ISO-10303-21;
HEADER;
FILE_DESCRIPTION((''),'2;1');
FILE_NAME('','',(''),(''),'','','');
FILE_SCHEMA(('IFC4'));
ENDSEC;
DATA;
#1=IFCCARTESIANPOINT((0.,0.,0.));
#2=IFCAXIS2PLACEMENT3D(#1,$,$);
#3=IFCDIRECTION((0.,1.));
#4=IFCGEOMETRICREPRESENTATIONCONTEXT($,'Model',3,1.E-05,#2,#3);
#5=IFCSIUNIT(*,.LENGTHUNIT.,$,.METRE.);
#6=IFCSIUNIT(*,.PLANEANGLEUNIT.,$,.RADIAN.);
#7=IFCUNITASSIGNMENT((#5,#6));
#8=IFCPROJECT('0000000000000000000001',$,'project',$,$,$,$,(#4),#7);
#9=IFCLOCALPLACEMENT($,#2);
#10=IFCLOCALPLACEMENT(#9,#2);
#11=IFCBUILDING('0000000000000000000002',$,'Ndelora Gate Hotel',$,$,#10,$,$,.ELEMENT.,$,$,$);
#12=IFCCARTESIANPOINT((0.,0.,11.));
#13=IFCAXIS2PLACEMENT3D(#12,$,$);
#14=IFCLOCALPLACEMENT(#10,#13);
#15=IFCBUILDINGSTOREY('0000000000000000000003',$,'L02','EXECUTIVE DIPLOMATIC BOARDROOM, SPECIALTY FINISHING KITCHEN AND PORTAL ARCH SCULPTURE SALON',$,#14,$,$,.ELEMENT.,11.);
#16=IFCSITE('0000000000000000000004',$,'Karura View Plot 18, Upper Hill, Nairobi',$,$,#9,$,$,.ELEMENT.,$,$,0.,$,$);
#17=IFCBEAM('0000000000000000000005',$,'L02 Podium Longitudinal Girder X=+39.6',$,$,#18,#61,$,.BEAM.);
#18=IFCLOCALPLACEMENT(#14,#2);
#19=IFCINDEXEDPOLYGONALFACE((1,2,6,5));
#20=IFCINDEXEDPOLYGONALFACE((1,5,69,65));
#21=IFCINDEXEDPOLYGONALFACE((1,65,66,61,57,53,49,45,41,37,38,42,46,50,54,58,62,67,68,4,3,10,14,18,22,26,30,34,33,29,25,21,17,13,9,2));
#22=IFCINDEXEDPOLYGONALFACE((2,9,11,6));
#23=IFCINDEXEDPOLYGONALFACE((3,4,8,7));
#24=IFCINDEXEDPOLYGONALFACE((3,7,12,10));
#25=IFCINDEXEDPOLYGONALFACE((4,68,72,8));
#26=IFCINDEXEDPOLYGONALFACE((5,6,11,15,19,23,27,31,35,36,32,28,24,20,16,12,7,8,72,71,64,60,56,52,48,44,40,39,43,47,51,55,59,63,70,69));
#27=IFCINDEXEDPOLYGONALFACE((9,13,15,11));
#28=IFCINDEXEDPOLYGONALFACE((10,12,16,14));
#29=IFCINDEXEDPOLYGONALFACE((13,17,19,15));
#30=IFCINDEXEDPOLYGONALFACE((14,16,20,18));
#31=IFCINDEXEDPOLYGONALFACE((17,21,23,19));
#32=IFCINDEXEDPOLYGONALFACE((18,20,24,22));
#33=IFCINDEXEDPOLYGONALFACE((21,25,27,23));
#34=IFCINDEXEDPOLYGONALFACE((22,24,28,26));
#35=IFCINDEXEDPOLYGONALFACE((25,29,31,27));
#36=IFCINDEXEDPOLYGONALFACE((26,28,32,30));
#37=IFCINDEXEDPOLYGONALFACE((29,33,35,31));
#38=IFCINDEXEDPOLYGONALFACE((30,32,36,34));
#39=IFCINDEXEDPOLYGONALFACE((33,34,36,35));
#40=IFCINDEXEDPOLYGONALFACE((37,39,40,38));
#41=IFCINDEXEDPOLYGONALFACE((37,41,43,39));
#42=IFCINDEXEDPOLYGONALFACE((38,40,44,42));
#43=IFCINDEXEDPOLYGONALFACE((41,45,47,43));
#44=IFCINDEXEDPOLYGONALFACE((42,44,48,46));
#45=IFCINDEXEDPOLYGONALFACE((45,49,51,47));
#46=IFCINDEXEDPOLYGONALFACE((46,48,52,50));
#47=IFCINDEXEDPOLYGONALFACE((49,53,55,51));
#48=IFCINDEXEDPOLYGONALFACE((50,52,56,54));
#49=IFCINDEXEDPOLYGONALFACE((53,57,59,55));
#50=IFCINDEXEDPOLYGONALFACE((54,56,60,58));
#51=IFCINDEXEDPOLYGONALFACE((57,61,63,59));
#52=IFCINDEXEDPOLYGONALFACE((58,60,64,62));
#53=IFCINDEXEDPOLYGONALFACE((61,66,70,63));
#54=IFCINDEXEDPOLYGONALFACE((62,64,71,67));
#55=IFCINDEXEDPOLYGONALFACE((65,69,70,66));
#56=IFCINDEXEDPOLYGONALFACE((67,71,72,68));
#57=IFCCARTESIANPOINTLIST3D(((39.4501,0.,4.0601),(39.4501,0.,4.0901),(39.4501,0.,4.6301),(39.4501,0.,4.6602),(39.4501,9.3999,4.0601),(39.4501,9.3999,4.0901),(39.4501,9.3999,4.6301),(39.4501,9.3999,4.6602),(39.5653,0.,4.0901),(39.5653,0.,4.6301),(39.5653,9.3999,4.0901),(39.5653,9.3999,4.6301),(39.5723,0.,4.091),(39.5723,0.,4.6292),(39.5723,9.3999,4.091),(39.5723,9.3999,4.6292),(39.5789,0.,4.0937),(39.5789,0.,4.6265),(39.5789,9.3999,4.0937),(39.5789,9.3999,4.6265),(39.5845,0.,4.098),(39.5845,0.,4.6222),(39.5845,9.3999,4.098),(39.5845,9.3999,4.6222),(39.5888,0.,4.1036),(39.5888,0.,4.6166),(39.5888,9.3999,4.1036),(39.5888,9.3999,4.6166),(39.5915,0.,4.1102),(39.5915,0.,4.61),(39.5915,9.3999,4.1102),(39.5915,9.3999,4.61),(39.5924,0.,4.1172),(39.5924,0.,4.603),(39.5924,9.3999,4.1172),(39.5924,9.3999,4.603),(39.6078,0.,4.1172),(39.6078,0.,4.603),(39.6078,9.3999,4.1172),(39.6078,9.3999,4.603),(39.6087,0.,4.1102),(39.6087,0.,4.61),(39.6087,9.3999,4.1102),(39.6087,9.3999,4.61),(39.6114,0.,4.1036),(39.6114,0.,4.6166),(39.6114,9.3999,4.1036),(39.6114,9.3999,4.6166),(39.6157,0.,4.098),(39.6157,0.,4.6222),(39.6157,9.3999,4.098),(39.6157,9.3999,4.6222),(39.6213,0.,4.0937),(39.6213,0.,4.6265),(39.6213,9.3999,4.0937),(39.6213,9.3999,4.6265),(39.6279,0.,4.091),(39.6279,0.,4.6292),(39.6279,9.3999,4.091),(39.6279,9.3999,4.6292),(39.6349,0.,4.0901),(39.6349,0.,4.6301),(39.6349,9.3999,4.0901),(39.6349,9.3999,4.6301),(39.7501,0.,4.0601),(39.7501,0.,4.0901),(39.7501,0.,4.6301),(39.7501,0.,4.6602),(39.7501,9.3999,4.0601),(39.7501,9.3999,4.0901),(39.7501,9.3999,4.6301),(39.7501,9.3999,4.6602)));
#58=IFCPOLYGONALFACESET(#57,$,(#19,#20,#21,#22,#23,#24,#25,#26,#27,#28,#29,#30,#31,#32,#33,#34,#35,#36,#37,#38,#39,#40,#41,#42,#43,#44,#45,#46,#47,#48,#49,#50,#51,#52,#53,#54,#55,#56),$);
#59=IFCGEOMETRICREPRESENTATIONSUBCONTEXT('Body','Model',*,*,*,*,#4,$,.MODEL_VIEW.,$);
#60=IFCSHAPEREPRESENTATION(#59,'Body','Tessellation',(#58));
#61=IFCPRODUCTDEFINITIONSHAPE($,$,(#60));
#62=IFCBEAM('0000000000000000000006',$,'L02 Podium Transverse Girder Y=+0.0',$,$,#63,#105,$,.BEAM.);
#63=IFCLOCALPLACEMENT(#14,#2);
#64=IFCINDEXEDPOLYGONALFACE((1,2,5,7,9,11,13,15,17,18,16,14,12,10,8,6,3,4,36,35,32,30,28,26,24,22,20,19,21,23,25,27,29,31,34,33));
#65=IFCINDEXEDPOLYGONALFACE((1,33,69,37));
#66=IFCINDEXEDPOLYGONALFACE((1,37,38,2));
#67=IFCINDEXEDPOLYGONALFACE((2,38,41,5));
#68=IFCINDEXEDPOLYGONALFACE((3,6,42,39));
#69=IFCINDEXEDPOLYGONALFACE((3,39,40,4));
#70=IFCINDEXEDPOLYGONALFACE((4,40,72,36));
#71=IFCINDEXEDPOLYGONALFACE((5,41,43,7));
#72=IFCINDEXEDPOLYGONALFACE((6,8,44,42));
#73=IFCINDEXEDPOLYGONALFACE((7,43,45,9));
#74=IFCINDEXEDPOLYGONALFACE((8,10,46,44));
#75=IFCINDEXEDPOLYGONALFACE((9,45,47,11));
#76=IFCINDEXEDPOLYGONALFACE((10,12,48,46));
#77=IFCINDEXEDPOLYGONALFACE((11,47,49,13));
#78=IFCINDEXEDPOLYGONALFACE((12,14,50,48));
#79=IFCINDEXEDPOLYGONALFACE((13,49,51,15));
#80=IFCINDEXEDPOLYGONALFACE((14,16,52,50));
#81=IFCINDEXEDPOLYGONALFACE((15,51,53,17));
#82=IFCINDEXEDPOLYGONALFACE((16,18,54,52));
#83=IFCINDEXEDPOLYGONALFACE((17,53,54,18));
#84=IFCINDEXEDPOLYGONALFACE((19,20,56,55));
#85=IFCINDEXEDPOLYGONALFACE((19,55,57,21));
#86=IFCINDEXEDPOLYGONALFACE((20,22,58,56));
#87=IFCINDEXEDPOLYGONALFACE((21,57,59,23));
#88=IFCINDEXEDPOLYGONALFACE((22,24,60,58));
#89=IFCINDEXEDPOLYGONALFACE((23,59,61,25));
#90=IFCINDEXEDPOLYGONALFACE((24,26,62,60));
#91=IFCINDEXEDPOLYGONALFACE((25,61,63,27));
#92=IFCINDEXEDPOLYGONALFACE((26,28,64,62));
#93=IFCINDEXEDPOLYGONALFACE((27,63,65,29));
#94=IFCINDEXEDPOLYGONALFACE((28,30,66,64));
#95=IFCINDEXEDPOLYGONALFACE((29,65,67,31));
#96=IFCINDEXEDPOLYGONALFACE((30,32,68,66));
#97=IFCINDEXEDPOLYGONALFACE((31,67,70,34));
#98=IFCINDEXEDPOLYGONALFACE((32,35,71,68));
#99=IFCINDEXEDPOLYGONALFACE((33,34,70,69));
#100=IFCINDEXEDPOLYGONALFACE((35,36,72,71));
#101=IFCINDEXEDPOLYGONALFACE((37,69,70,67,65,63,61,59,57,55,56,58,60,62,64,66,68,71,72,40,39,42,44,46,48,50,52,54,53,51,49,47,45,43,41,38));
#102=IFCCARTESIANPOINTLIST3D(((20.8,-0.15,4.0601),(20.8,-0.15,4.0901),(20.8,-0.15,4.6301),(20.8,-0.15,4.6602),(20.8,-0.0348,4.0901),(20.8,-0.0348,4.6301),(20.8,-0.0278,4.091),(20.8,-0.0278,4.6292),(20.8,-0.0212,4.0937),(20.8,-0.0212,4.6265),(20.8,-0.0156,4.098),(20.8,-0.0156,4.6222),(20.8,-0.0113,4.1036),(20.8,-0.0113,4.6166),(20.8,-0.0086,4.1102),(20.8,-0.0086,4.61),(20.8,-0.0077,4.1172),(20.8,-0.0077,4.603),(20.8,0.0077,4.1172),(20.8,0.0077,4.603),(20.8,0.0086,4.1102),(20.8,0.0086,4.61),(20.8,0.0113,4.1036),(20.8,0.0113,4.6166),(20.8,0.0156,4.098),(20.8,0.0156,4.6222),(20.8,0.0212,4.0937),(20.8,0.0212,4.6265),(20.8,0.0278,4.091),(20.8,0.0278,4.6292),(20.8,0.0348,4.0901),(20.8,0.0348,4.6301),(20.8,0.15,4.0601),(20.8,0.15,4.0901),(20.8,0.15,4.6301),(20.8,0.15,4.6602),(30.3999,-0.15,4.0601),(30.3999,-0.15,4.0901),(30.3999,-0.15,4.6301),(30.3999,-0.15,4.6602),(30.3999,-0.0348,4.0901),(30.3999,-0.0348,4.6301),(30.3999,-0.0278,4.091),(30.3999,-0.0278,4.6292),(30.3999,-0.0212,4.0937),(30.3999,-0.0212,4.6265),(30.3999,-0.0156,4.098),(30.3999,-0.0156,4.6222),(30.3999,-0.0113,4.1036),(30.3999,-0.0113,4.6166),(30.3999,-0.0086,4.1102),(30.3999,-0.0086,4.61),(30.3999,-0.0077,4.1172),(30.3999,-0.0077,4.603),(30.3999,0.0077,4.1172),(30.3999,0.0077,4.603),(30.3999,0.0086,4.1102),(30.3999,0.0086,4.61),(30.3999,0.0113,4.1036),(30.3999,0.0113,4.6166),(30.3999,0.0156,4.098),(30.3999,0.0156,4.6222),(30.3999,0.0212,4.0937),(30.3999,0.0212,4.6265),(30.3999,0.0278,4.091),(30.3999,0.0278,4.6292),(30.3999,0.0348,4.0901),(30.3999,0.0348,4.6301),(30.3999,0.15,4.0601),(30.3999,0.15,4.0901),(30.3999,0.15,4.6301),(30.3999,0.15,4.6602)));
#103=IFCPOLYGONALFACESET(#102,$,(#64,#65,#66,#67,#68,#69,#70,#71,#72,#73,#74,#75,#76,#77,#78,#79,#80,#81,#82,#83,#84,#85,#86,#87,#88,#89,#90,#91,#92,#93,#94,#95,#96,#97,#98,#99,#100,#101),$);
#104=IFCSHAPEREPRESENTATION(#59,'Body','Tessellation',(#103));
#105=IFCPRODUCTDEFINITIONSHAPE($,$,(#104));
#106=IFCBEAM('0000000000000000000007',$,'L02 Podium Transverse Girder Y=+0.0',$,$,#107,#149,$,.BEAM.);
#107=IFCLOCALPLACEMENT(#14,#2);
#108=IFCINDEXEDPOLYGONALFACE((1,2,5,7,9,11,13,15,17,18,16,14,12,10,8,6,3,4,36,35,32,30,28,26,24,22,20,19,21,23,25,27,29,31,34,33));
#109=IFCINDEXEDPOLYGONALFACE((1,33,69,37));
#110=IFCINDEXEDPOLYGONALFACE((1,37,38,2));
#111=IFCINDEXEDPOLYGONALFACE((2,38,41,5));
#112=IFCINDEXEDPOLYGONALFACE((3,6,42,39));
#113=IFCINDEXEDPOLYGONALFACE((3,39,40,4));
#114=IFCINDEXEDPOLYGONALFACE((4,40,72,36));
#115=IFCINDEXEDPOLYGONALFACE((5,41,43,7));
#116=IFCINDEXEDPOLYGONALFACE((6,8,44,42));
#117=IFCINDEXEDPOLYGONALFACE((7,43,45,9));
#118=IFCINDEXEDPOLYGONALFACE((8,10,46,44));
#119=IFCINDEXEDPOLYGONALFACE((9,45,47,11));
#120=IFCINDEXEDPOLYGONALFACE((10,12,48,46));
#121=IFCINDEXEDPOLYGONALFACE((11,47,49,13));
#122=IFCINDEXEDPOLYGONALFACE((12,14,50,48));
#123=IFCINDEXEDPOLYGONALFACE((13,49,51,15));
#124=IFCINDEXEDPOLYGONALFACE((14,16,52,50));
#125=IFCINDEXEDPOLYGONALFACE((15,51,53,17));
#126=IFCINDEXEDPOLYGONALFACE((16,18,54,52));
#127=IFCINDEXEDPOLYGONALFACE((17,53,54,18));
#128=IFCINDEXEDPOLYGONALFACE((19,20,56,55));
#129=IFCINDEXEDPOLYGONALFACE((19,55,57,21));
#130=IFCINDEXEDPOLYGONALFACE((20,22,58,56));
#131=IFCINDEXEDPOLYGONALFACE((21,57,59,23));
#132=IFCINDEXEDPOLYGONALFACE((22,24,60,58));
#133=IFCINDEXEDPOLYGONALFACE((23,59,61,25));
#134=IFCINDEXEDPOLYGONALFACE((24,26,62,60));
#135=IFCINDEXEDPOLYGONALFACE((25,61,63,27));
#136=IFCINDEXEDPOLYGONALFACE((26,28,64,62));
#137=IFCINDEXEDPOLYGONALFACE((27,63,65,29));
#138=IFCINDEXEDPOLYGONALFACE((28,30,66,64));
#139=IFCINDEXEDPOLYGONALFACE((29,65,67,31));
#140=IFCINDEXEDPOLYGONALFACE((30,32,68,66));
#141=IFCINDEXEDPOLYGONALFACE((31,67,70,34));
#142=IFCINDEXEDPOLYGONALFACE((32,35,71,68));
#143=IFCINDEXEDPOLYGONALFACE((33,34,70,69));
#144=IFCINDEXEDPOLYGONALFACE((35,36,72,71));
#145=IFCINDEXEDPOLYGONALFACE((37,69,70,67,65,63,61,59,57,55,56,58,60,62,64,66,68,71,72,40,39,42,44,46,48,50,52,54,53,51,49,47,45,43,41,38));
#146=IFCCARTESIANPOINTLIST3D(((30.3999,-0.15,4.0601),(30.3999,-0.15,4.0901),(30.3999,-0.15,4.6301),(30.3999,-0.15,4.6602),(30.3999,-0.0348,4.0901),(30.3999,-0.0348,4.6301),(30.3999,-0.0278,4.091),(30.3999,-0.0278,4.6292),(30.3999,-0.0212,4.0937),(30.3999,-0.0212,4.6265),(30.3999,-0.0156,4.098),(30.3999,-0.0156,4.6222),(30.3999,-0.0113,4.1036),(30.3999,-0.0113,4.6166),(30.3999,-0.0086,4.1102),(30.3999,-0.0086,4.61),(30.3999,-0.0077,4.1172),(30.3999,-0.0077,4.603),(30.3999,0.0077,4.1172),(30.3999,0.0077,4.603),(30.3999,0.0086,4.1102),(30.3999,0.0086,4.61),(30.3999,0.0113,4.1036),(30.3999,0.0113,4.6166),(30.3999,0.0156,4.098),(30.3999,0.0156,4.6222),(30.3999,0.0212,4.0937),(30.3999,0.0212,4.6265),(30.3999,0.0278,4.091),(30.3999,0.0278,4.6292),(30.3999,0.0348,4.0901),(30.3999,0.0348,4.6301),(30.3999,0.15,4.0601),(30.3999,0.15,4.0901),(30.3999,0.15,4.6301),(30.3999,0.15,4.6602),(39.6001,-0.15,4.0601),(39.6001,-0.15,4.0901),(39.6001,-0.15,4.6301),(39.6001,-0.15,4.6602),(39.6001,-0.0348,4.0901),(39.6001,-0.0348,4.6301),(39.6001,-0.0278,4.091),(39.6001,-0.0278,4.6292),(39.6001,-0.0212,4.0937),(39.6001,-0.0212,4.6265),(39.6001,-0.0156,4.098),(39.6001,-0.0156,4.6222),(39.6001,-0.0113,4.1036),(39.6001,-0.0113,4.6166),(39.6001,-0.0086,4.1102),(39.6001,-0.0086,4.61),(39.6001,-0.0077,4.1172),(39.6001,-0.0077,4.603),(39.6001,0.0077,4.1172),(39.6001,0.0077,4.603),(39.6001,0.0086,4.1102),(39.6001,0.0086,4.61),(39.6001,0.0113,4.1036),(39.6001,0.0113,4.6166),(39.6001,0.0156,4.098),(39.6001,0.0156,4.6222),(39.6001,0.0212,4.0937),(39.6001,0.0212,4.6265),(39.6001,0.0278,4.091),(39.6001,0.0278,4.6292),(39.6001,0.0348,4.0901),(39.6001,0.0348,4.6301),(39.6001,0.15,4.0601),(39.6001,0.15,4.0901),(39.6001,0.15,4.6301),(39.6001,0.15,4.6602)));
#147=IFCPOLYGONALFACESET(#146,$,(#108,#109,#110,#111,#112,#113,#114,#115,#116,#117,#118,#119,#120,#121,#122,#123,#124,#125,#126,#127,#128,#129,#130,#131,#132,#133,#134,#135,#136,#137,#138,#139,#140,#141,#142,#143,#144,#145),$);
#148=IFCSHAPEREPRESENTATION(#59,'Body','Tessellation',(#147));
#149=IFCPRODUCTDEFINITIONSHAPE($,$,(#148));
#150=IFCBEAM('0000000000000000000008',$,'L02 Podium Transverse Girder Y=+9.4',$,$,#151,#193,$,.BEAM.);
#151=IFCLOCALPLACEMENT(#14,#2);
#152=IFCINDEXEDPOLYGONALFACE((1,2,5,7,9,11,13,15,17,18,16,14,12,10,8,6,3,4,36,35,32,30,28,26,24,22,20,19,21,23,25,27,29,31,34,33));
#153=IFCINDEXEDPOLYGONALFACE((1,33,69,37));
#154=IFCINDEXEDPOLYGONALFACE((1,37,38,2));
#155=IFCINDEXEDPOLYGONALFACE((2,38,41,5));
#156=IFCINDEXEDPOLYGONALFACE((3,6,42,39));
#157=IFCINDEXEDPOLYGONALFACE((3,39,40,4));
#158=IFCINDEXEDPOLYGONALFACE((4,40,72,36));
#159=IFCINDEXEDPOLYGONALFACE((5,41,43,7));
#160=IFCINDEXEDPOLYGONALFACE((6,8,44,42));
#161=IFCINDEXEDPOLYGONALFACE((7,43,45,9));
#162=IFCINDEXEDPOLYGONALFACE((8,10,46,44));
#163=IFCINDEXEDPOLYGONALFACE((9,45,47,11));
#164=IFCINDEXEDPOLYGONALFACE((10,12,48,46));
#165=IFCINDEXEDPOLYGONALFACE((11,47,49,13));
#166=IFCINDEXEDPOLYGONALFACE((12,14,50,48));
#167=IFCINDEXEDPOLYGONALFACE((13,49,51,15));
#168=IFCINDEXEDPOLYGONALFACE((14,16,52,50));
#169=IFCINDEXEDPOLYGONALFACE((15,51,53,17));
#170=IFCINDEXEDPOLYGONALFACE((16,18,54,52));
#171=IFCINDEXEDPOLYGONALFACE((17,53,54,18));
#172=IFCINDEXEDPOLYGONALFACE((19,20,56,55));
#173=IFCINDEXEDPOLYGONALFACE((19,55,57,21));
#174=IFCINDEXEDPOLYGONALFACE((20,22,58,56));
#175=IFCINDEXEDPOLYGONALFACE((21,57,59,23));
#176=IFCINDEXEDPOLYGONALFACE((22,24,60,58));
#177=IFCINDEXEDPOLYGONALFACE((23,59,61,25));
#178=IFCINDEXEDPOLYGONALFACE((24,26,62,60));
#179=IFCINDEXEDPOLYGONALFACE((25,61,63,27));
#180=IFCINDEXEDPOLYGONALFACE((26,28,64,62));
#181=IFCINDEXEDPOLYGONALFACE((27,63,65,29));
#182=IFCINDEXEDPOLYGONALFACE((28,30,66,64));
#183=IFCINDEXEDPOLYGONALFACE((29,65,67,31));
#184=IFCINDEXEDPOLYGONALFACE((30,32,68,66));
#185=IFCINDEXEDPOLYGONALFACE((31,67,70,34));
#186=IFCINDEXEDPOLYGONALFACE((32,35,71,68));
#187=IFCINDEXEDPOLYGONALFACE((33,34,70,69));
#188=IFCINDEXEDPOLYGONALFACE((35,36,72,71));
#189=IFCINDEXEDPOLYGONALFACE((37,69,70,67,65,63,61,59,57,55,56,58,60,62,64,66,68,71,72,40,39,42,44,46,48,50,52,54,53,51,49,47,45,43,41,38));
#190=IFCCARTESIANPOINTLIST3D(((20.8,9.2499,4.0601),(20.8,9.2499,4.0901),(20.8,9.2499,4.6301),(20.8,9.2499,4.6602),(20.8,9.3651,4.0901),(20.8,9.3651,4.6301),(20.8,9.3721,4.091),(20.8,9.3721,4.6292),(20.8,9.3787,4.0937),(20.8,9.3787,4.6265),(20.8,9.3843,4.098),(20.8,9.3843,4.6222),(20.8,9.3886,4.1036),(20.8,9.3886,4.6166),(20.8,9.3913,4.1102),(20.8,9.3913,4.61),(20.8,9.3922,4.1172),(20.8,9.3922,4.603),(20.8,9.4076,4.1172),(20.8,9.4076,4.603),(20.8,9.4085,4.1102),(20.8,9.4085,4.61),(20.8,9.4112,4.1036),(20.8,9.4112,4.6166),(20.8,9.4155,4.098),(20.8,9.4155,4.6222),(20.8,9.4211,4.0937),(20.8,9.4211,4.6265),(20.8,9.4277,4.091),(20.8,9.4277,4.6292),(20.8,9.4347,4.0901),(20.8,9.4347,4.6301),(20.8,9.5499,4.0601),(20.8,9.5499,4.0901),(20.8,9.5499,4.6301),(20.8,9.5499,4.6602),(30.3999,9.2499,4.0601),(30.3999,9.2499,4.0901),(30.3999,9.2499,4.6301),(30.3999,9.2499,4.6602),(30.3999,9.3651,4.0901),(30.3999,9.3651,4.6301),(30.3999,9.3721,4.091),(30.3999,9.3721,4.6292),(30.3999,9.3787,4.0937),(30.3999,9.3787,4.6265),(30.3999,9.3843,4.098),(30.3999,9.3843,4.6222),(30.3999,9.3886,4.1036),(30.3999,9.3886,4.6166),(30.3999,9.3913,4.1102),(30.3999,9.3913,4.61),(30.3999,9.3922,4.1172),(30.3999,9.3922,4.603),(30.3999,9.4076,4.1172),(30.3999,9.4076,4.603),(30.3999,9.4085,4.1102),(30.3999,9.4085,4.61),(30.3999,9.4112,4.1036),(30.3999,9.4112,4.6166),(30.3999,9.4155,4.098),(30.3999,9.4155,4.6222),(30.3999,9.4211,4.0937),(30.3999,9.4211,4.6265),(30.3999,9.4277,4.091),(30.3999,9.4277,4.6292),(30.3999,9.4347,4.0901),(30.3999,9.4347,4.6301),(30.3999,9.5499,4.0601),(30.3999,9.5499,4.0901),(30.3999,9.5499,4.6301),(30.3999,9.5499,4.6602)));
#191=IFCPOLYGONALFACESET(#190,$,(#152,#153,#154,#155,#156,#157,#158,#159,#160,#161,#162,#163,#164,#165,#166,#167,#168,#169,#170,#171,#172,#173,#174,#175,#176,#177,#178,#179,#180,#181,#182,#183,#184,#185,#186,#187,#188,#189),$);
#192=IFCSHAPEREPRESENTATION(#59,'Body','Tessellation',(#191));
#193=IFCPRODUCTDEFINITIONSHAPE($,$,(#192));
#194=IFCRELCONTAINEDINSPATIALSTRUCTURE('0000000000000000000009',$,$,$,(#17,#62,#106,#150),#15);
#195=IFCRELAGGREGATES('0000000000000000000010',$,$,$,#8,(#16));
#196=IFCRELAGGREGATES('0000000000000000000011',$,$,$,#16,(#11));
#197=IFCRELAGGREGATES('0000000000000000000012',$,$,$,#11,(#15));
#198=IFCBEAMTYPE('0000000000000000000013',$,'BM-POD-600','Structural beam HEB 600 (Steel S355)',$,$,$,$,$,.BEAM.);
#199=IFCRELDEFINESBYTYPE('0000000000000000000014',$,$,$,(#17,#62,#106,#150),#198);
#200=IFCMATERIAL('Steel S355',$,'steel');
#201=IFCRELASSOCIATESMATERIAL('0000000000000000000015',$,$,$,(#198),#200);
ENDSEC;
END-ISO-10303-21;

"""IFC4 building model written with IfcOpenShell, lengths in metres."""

from ifc_helpers import new_model, si_unit, direction, frame, origin, origin_2d, place, context, subcontext, project, spatial, i_section, extrude, material, material_profile, profile_set, type_object, element, save


model = new_model("IFC4")

# Units and contexts
model_context = context("Model", 3, precision=1e-05, world=origin(), true_north=direction((0.0, 1.0)))
body_context = subcontext(model_context, "Body", "Model", "MODEL_VIEW")
ifc_project = project(units=[si_unit("LENGTHUNIT", "METRE"), si_unit("PLANEANGLEUNIT", "RADIAN")], contexts=[model_context])

# Site, building, storey
site_placement = place(None, origin())
site = spatial("IfcSite", under=ifc_project, at=site_placement, Name="Karura View Plot 18, Upper Hill, Nairobi", CompositionType="ELEMENT", RefElevation=0.0)
building_placement = place(site_placement, origin())
building = spatial("IfcBuilding", under=site, at=building_placement, Name="Ndelora Gate Hotel", CompositionType="ELEMENT")
storey_placement = place(building_placement, frame((0.0, 0.0, 11.0)))
storey = spatial("IfcBuildingStorey", under=building, at=storey_placement, Name="L02", Description="EXECUTIVE DIPLOMATIC BOARDROOM, SPECIALTY FINISHING KITCHEN AND PORTAL ARCH SCULPTURE SALON", CompositionType="ELEMENT", Elevation=11.0)

# Beams
ifc_material_1 = material(Name="Steel S355", Category="steel")
ifc_material_profile_1 = material_profile(ifc_material_1, i_section(OverallWidth=0.3, OverallDepth=0.6001, WebThickness=0.0154, FlangeThickness=0.03, FilletRadius=0.0271, at=origin_2d()), Name="HEB 600")
ifc_profile_set_1 = profile_set([ifc_material_profile_1], Name="Steel S355")
beam_type_1 = type_object("IfcBeamType", Name="BM-POD-600", Description="Structural beam HEB 600 (Steel S355)", PredefinedType="BEAM", material=ifc_profile_set_1)
beam_1_placement = place(storey_placement, frame((39.6001, 0.0, 4.3601), z_axis=(0.0, 1.0, 0.0), x_axis=(-1.0, 0.0, 0.0)))
element("IfcBeam", 1, at=beam_1_placement, inside=storey, type_object=beam_type_1, Name="L02 Podium Longitudinal Girder X=+39.6", PredefinedType="BEAM", context=body_context, shape_type="SweptSolid", body=[
    extrude(i_section(OverallWidth=0.3, OverallDepth=0.6001, WebThickness=0.0154, FlangeThickness=0.03, FilletRadius=0.0271, at=origin_2d()), origin(), (0.0, 0.0, 1.0), 9.3999),
])
beam_2_placement = place(storey_placement, frame((20.8, 0.0, 4.3601), z_axis=(1.0, 0.0, 0.0), x_axis=(0.0, 1.0, 0.0)))
element("IfcBeam", 2, at=beam_2_placement, inside=storey, type_object=beam_type_1, Name="L02 Podium Transverse Girder Y=+0.0", PredefinedType="BEAM", context=body_context, shape_type="SweptSolid", body=[
    extrude(i_section(OverallWidth=0.3, OverallDepth=0.6001, WebThickness=0.0154, FlangeThickness=0.03, FilletRadius=0.0271, at=origin_2d()), origin(), (0.0, 0.0, 1.0), 9.5999),
])
beam_3_placement = place(storey_placement, frame((30.3999, 0.0, 4.3601), z_axis=(1.0, 0.0, 0.0), x_axis=(0.0, 1.0, 0.0)))
element("IfcBeam", 3, at=beam_3_placement, inside=storey, type_object=beam_type_1, Name="L02 Podium Transverse Girder Y=+0.0", PredefinedType="BEAM", context=body_context, shape_type="SweptSolid", body=[
    extrude(i_section(OverallWidth=0.3, OverallDepth=0.6001, WebThickness=0.0154, FlangeThickness=0.03, FilletRadius=0.0271, at=origin_2d()), origin(), (0.0, 0.0, 1.0), 9.2002),
])
beam_4_placement = place(storey_placement, frame((20.8, 9.3999, 4.3601), z_axis=(1.0, 0.0, 0.0), x_axis=(0.0, 1.0, 0.0)))
element("IfcBeam", 4, at=beam_4_placement, inside=storey, type_object=beam_type_1, Name="L02 Podium Transverse Girder Y=+9.4", PredefinedType="BEAM", context=body_context, shape_type="SweptSolid", body=[
    extrude(i_section(OverallWidth=0.3, OverallDepth=0.6001, WebThickness=0.0154, FlangeThickness=0.03, FilletRadius=0.0271, at=origin_2d()), origin(), (0.0, 0.0, 1.0), 9.5999),
])

save(model, "model.ifc")
